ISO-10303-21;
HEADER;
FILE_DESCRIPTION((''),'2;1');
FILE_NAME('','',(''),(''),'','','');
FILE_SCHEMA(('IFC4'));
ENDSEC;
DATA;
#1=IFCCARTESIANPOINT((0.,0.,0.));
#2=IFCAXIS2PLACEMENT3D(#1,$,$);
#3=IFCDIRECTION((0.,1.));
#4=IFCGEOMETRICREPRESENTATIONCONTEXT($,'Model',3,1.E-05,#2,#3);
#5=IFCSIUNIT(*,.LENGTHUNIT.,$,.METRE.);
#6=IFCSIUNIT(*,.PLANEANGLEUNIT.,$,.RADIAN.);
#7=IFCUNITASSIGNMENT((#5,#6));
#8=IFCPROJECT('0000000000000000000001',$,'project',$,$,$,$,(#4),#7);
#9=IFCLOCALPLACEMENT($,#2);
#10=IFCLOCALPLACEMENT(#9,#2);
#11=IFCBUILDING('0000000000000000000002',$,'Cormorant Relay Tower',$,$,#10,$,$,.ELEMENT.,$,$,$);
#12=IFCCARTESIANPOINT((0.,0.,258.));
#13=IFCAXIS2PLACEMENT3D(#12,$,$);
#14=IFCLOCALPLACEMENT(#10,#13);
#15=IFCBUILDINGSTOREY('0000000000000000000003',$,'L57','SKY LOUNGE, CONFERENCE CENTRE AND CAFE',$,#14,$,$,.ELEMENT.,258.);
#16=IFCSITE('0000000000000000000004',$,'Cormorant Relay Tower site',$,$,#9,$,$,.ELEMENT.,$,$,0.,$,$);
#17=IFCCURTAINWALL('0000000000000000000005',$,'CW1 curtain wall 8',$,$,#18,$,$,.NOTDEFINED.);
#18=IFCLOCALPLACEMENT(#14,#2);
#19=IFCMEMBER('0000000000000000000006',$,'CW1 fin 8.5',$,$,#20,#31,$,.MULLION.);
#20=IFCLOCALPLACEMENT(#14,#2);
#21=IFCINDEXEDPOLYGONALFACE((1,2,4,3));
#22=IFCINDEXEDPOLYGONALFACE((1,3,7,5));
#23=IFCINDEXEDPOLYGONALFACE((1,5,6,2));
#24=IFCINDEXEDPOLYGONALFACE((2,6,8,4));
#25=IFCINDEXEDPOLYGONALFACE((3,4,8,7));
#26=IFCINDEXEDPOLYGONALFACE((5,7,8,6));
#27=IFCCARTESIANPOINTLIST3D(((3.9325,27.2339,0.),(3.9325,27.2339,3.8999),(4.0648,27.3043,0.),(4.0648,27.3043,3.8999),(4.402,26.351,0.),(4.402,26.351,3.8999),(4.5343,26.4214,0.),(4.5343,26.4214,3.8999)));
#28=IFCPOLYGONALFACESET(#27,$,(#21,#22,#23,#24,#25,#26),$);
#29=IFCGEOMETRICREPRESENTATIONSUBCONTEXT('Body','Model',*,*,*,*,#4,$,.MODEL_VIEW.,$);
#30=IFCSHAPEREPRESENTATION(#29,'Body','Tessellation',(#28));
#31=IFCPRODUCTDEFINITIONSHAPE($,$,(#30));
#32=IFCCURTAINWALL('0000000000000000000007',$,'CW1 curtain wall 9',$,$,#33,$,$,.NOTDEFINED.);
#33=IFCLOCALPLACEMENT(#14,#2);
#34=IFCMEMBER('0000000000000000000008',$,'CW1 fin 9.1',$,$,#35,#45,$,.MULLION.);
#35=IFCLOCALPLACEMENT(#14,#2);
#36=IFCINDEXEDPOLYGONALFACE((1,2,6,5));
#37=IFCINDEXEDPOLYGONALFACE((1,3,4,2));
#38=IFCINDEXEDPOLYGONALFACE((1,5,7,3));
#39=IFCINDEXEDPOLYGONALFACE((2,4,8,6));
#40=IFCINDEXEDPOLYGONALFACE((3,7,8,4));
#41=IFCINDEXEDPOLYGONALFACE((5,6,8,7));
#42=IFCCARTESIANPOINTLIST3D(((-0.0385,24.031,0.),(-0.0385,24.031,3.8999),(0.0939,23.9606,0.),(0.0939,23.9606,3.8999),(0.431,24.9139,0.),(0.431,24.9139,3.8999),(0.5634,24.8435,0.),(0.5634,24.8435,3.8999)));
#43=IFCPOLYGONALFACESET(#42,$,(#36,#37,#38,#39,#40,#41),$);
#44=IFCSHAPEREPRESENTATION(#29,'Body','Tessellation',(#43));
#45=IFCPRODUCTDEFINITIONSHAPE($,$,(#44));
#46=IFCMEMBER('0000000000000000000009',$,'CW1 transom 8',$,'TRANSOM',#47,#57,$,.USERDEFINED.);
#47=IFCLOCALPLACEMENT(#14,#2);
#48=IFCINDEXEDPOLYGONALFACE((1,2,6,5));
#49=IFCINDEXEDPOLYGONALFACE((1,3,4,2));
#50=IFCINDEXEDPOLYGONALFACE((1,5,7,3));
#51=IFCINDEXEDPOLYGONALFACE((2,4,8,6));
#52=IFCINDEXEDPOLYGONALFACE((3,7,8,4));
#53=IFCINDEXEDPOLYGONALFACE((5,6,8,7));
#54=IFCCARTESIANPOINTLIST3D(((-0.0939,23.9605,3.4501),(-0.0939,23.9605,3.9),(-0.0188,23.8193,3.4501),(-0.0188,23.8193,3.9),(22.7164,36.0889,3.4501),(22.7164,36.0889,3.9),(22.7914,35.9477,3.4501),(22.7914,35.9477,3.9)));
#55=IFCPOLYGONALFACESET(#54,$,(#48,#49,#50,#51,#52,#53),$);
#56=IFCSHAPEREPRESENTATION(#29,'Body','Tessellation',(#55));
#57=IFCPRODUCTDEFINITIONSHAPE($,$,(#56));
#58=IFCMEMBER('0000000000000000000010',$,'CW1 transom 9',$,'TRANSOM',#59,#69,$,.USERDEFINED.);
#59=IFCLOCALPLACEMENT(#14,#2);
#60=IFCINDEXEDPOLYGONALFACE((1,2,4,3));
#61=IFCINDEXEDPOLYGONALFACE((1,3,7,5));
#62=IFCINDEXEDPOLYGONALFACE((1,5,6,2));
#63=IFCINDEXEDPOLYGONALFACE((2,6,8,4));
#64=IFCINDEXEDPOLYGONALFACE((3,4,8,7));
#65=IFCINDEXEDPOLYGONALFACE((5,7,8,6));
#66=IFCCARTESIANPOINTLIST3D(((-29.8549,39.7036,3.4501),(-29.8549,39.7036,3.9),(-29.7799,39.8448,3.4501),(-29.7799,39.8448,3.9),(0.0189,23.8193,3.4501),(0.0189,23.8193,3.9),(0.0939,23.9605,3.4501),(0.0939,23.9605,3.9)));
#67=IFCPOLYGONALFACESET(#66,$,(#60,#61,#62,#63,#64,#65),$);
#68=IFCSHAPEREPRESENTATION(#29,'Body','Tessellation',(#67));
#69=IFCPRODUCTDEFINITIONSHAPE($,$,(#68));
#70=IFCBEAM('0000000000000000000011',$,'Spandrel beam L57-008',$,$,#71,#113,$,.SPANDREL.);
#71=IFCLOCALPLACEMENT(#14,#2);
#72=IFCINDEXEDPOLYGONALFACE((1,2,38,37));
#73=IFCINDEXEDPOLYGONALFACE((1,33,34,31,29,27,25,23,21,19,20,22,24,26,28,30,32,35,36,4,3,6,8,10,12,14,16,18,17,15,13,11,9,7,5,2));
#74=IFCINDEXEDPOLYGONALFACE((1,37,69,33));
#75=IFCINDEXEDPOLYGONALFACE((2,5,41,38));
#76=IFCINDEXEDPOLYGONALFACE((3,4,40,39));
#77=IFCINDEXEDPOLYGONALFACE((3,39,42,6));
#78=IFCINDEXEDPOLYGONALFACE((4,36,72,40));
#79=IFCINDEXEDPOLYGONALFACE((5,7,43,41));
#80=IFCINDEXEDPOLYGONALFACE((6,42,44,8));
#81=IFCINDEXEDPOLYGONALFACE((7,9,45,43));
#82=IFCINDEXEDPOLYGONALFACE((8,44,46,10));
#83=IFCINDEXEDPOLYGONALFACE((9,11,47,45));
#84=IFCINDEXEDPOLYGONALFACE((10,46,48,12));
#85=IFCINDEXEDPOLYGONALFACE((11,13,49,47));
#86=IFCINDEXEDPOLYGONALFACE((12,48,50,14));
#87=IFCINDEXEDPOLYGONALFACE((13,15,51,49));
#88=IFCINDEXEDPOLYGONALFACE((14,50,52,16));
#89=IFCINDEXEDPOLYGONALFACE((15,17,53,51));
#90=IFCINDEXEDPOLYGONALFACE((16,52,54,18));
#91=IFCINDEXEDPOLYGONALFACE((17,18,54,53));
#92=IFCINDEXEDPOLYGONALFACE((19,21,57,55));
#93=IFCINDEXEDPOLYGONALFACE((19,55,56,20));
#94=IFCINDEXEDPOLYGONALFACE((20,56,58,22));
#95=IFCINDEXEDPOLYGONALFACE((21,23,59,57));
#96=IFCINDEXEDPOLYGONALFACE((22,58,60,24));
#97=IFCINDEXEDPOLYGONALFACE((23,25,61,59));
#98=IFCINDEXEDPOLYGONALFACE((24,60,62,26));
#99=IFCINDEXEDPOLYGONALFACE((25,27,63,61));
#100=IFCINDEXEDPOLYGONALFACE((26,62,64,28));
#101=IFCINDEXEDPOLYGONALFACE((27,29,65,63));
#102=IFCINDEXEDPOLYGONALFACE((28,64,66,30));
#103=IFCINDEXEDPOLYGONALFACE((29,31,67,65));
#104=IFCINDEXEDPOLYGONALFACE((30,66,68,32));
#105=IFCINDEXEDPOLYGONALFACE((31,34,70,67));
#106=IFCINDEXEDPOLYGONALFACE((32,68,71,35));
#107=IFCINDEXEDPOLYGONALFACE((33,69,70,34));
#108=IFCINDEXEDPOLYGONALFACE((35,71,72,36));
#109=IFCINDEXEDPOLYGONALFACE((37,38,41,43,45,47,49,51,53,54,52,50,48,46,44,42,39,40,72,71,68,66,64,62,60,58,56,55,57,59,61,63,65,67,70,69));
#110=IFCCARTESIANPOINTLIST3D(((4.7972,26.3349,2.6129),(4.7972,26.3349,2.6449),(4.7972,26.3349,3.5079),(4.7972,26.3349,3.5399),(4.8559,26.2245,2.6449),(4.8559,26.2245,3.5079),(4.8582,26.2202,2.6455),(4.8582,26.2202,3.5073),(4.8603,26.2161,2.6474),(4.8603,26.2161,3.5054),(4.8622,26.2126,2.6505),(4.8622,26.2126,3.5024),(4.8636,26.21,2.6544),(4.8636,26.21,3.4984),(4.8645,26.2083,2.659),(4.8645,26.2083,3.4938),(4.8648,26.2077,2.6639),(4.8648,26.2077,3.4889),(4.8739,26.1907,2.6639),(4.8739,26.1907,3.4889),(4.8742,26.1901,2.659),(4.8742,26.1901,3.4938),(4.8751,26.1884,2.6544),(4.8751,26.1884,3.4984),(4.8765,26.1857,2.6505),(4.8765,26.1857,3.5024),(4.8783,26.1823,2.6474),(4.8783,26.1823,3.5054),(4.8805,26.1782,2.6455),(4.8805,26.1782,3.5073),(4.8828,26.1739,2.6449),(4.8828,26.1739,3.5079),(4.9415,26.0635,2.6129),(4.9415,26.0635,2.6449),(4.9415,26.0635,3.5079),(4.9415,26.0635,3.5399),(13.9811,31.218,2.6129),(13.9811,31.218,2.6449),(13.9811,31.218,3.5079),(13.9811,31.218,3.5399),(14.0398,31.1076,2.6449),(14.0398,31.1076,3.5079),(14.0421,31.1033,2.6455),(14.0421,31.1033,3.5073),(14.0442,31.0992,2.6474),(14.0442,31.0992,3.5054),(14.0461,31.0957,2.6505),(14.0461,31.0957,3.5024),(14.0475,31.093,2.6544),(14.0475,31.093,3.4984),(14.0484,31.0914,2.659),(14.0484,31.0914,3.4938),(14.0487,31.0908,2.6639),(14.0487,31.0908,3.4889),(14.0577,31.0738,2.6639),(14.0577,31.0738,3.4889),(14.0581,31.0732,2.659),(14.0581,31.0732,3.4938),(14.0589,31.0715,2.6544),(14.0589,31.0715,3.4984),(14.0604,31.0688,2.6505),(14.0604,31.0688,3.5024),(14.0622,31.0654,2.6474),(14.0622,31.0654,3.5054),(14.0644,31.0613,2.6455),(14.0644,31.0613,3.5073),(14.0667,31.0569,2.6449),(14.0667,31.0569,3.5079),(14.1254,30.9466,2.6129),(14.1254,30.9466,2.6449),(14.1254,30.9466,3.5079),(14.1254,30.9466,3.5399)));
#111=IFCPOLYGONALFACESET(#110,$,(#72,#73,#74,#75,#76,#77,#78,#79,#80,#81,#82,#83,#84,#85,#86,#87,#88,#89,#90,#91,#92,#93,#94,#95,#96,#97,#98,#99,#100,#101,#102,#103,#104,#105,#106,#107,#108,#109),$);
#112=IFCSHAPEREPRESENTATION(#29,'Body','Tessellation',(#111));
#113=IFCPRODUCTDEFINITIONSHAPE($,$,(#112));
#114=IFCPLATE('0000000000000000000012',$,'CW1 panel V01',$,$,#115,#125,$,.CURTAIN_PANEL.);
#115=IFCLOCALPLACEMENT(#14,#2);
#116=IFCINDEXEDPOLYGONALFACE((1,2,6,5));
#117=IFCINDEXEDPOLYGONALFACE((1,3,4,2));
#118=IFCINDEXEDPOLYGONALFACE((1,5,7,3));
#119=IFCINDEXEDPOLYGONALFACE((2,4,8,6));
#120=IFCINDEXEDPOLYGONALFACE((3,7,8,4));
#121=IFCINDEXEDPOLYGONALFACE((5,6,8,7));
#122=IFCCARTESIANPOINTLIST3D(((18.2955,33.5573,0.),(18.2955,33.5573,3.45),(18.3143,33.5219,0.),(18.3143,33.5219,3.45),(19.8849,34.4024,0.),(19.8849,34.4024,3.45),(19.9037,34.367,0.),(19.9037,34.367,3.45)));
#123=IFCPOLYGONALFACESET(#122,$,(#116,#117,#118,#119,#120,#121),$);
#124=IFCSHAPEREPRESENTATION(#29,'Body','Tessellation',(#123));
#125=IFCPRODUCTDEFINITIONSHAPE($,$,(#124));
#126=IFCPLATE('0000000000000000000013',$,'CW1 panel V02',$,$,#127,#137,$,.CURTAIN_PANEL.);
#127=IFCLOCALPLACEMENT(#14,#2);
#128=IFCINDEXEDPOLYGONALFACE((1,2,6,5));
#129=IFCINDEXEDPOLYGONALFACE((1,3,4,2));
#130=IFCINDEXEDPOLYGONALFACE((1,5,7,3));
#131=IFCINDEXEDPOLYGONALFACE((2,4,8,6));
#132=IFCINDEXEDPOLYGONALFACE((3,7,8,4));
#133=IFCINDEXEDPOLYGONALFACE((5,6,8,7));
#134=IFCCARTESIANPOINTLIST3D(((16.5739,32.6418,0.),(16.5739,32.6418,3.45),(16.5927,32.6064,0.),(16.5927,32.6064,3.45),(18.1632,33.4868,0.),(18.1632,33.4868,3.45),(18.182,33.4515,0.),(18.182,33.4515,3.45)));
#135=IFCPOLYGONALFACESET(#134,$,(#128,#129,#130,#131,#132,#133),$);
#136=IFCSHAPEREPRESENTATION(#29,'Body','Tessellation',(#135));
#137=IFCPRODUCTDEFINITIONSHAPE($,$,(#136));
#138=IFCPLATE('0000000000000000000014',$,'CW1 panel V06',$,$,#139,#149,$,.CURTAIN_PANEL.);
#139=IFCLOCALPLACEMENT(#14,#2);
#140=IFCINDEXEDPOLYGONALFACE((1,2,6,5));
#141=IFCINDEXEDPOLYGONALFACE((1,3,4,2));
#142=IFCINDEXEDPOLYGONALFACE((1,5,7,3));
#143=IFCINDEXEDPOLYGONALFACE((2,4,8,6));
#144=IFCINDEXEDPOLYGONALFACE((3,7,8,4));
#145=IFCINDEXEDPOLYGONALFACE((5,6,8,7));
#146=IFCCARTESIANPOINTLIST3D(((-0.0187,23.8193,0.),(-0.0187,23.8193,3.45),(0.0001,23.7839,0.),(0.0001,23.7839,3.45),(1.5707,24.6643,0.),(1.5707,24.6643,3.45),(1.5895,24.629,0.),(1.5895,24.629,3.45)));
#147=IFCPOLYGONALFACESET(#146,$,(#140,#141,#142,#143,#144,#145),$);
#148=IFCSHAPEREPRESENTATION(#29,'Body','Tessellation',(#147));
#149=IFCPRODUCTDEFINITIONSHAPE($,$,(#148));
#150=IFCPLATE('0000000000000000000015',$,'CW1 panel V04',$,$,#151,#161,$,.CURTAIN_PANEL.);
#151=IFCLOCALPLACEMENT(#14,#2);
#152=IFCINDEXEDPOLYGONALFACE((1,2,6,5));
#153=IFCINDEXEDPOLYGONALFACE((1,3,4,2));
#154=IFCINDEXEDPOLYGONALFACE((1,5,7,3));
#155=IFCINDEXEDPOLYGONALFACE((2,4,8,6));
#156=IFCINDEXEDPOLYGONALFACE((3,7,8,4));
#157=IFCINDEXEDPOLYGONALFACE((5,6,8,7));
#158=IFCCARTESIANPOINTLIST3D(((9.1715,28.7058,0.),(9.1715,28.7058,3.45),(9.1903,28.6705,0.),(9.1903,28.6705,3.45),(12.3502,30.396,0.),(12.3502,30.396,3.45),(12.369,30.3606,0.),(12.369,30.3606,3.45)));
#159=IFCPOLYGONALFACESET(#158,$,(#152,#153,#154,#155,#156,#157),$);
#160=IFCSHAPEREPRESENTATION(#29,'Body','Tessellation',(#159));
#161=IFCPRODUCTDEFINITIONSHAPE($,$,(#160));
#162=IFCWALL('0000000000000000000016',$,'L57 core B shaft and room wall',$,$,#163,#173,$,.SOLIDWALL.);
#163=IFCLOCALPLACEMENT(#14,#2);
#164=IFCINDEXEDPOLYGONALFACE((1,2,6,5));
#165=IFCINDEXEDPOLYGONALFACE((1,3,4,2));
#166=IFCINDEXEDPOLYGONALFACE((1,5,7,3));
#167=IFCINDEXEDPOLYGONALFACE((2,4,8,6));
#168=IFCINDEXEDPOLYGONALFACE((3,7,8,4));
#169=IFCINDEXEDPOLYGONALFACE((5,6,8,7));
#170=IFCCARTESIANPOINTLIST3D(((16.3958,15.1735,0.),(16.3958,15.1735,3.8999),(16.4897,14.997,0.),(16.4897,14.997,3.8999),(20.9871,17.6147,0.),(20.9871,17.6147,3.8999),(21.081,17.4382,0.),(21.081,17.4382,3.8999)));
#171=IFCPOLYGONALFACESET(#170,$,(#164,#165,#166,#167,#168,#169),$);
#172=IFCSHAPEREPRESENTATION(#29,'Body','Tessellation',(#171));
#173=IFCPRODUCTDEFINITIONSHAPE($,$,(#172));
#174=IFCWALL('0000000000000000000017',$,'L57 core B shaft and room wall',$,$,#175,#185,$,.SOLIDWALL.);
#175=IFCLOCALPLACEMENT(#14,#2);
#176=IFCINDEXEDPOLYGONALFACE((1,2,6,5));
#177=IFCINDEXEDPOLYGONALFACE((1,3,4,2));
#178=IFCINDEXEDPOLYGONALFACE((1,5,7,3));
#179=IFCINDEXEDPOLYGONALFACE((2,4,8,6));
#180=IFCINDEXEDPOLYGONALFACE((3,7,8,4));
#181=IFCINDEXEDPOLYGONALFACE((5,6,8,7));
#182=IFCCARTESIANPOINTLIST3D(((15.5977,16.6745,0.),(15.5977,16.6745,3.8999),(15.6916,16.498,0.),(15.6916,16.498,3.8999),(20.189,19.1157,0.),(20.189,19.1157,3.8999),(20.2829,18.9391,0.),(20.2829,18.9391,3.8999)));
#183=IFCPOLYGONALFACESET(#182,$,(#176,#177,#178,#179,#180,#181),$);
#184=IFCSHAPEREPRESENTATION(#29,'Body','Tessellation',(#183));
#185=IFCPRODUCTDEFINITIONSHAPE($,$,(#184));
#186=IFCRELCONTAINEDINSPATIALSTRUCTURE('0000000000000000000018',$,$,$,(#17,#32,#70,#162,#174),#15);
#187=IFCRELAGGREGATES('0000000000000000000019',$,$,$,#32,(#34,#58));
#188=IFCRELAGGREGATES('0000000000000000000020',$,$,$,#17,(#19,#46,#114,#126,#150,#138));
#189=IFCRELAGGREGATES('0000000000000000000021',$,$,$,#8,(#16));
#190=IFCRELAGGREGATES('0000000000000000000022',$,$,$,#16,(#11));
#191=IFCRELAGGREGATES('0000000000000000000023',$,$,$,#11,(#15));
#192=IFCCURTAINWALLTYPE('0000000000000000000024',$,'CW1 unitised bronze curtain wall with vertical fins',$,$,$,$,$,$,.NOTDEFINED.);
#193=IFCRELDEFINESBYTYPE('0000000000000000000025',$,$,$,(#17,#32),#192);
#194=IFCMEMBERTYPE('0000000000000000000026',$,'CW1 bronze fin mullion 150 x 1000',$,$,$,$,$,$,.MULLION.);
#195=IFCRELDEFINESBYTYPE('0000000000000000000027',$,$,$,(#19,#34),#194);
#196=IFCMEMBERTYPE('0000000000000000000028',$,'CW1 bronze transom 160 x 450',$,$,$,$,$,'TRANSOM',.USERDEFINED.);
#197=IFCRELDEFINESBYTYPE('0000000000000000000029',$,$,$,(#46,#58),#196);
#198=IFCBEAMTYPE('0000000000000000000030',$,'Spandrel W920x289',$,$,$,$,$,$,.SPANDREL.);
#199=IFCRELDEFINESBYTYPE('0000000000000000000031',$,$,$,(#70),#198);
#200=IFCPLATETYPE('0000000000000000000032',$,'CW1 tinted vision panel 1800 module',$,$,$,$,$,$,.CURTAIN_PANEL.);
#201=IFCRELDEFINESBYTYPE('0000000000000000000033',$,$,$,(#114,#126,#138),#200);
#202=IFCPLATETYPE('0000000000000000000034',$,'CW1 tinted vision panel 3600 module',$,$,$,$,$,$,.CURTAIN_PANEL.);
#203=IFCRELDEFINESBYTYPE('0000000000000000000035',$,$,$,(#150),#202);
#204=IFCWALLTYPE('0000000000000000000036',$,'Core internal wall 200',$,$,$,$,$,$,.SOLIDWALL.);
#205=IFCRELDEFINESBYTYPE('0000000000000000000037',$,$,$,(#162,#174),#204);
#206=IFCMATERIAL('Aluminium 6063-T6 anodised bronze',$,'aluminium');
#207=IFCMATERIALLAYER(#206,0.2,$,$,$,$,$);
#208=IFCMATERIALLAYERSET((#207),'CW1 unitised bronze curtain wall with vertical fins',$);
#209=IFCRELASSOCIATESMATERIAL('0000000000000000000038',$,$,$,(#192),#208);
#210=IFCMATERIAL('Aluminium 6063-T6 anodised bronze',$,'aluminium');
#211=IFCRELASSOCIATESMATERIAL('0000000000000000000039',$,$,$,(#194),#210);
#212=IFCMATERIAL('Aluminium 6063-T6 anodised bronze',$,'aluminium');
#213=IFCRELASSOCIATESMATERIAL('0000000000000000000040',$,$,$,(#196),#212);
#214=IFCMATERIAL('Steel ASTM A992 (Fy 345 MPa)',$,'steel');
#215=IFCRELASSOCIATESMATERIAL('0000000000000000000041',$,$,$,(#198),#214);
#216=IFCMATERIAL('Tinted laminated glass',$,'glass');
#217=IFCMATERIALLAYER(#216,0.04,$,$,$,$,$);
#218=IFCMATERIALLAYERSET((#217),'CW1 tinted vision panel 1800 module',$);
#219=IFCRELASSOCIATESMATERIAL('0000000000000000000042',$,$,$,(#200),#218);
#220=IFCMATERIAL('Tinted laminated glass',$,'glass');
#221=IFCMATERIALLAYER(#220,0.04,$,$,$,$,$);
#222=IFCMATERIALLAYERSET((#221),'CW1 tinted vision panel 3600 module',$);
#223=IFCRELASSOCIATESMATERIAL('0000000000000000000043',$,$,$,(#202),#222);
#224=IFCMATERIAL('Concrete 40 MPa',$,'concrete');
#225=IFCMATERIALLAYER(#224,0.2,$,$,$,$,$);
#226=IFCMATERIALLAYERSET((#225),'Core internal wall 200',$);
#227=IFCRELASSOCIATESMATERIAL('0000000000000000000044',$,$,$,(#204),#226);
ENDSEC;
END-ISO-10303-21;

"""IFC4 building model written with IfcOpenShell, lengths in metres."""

from ifc_helpers import new_model, si_unit, direction, frame, frame_2d, origin, origin_2d, place, context, subcontext, project, spatial, rectangle, i_section, extrude, material, layer, layer_set, material_profile, profile_set, type_object, element, aggregate, save


model = new_model("IFC4")

# Units and contexts
model_context = context("Model", 3, precision=1e-05, world=origin(), true_north=direction((0.0, 1.0)))
body_context = subcontext(model_context, "Body", "Model", "MODEL_VIEW")
ifc_project = project(units=[si_unit("LENGTHUNIT", "METRE"), si_unit("PLANEANGLEUNIT", "RADIAN")], contexts=[model_context])

# Site, building, storey
site_placement = place(None, origin())
site = spatial("IfcSite", under=ifc_project, at=site_placement, Name="Cormorant Relay Tower site", CompositionType="ELEMENT", RefElevation=0.0)
building_placement = place(site_placement, origin())
building = spatial("IfcBuilding", under=site, at=building_placement, Name="Cormorant Relay Tower", CompositionType="ELEMENT")
storey_placement = place(building_placement, frame((0.0, 0.0, 258.0)))
storey = spatial("IfcBuildingStorey", under=building, at=storey_placement, Name="L57", Description="SKY LOUNGE, CONFERENCE CENTRE AND CAFE", CompositionType="ELEMENT", Elevation=258.0)

# Curtain wall, member
ifc_material_1 = material(Name="Aluminium 6063-T6 anodised bronze", Category="aluminium")
ifc_layer_1 = layer(ifc_material_1, 0.2)
ifc_layer_set_1 = layer_set([ifc_layer_1], Name="CW1 unitised bronze curtain wall with vertical fins")
curtain_wall_type = type_object("IfcCurtainWallType", Name="CW1 unitised bronze curtain wall with vertical fins", PredefinedType="NOTDEFINED", material=ifc_layer_set_1)
curtain_wall_1_placement = place(storey_placement, origin())
curtain_wall_1 = element("IfcCurtainWall", 1, at=curtain_wall_1_placement, inside=storey, type_object=curtain_wall_type, Name="CW1 curtain wall 8", PredefinedType="NOTDEFINED")
ifc_material_2 = material(Name="Aluminium 6063-T6 anodised bronze", Category="aluminium")
ifc_material_profile_1 = material_profile(ifc_material_2, rectangle(XDim=0.1499, YDim=1.0, at=origin_2d()), Name="AL 150x1000")
ifc_profile_set_1 = profile_set([ifc_material_profile_1], Name="Aluminium 6063-T6 anodised bronze")
member_type_1 = type_object("IfcMemberType", Name="CW1 bronze fin mullion 150 x 1000", PredefinedType="MULLION", material=ifc_profile_set_1)
member_1_placement = place(storey_placement, frame((4.2334, 26.8276, 0.0), z_axis=(0.0, 0.0, 1.0), x_axis=(-0.882948, -0.469472, 0.0)))
member_1 = element("IfcMember", 2, at=member_1_placement, type_object=member_type_1, Name="CW1 fin 8.5", PredefinedType="MULLION", context=body_context, shape_type="SweptSolid", body=[
    extrude(rectangle(XDim=0.1499, YDim=1.0, at=origin_2d()), origin(), (0.0, 0.0, 1.0), 3.8999),
])

# Curtain wall, member
curtain_wall_2_placement = place(storey_placement, origin())
curtain_wall_2 = element("IfcCurtainWall", 3, at=curtain_wall_2_placement, inside=storey, type_object=curtain_wall_type, Name="CW1 curtain wall 9", PredefinedType="NOTDEFINED")
member_2_placement = place(storey_placement, frame((0.2625, 24.4373, 0.0), z_axis=(0.0, 0.0, 1.0), x_axis=(-0.882948, 0.469472, 0.0)))
member_2 = element("IfcMember", 4, at=member_2_placement, type_object=member_type_1, Name="CW1 fin 9.1", PredefinedType="MULLION", context=body_context, shape_type="SweptSolid", body=[
    extrude(rectangle(XDim=0.1499, YDim=1.0, at=origin_2d()), origin(), (0.0, 0.0, 1.0), 3.8999),
])

# Members
ifc_material_3 = material(Name="Aluminium 6063-T6 anodised bronze", Category="aluminium")
ifc_material_profile_2 = material_profile(ifc_material_3, rectangle(XDim=0.1599, YDim=0.45, at=origin_2d()), Name="AL 160x450")
ifc_profile_set_2 = profile_set([ifc_material_profile_2], Name="Aluminium 6063-T6 anodised bronze")
member_type_2 = type_object("IfcMemberType", Name="CW1 bronze transom 160 x 450", ElementType="TRANSOM", PredefinedType="USERDEFINED", material=ifc_profile_set_2)
member_3_placement = place(storey_placement, frame((22.7539, 36.0183, 3.675), z_axis=(-0.882948, -0.469471, 0.0), x_axis=(0.469471, -0.882948, 0.0)))
member_3 = element("IfcMember", 5, at=member_3_placement, type_object=member_type_2, Name="CW1 transom 8", ObjectType="TRANSOM", PredefinedType="USERDEFINED", context=body_context, shape_type="SweptSolid", body=[
    extrude(rectangle(XDim=0.1599, YDim=0.45, at=origin_2d()), origin(), (0.0, 0.0, 1.0), 25.8342),
])
member_4_placement = place(storey_placement, frame((0.0564, 23.8899, 3.675), z_axis=(-0.882946, 0.469474, 0.0), x_axis=(-0.469474, -0.882946, 0.0)))
member_4 = element("IfcMember", 6, at=member_4_placement, type_object=member_type_2, Name="CW1 transom 9", ObjectType="TRANSOM", PredefinedType="USERDEFINED", context=body_context, shape_type="SweptSolid", body=[
    extrude(rectangle(XDim=0.1599, YDim=0.45, at=origin_2d()), origin(), (0.0, 0.0, 1.0), 33.8342),
])
aggregate(curtain_wall_2, [member_2, member_4])

# Beam
ifc_material_4 = material(Name="Steel ASTM A992 (Fy 345 MPa)", Category="steel")
ifc_material_profile_3 = material_profile(ifc_material_4, i_section(OverallWidth=0.3074, OverallDepth=0.927, WebThickness=0.0193, FlangeThickness=0.032, FilletRadius=0.019, at=origin_2d()), Name="W920x289")
ifc_profile_set_3 = profile_set([ifc_material_profile_3], Name="Steel ASTM A992 (Fy 345 MPa)")
beam_type = type_object("IfcBeamType", Name="Spandrel W920x289", PredefinedType="SPANDREL", material=ifc_profile_set_3)
beam_placement = place(storey_placement, frame((14.0532, 31.0823, 3.0764), z_axis=(-0.882951, -0.469466, 0.0), x_axis=(0.469466, -0.882951, 0.0)))
element("IfcBeam", 7, at=beam_placement, inside=storey, type_object=beam_type, Name="Spandrel beam L57-008", PredefinedType="SPANDREL", context=body_context, shape_type="SweptSolid", body=[
    extrude(i_section(OverallWidth=0.3074, OverallDepth=0.927, WebThickness=0.0193, FlangeThickness=0.032, FilletRadius=0.019, at=origin_2d()), origin(), (0.0, 0.0, 1.0), 10.4014),
])

# Plates
ifc_material_5 = material(Name="Tinted laminated glass", Category="glass")
ifc_layer_2 = layer(ifc_material_5, 0.04)
ifc_layer_set_2 = layer_set([ifc_layer_2], Name="CW1 tinted vision panel 1800 module")
plate_type_1 = type_object("IfcPlateType", Name="CW1 tinted vision panel 1800 module", PredefinedType="CURTAIN_PANEL", material=ifc_layer_set_2)
plate_1_placement = place(storey_placement, frame((19.0996, 33.9622, 0.0), z_axis=(0.0, 0.0, 1.0), x_axis=(-0.882948, -0.469472, 0.0)))
plate_1 = element("IfcPlate", 8, at=plate_1_placement, type_object=plate_type_1, Name="CW1 panel V01", PredefinedType="CURTAIN_PANEL", context=body_context, shape_type="SweptSolid", body=[
    extrude(rectangle(XDim=1.8, YDim=0.04, at=origin_2d()), origin(), (0.0, 0.0, 1.0), 3.45),
])
plate_2_placement = place(storey_placement, frame((17.3779, 33.0466, 0.0), z_axis=(0.0, 0.0, 1.0), x_axis=(-0.882948, -0.469472, 0.0)))
plate_2 = element("IfcPlate", 9, at=plate_2_placement, type_object=plate_type_1, Name="CW1 panel V02", PredefinedType="CURTAIN_PANEL", context=body_context, shape_type="SweptSolid", body=[
    extrude(rectangle(XDim=1.8, YDim=0.04, at=origin_2d()), origin(), (0.0, 0.0, 1.0), 3.45),
])
plate_3_placement = place(storey_placement, frame((0.7854, 24.2241, 0.0), z_axis=(0.0, 0.0, 1.0), x_axis=(-0.882948, -0.469472, 0.0)))
plate_3 = element("IfcPlate", 10, at=plate_3_placement, type_object=plate_type_1, Name="CW1 panel V06", PredefinedType="CURTAIN_PANEL", context=body_context, shape_type="SweptSolid", body=[
    extrude(rectangle(XDim=1.8, YDim=0.04, at=origin_2d()), origin(), (0.0, 0.0, 1.0), 3.45),
])
ifc_material_6 = material(Name="Tinted laminated glass", Category="glass")
ifc_layer_3 = layer(ifc_material_6, 0.04)
ifc_layer_set_3 = layer_set([ifc_layer_3], Name="CW1 tinted vision panel 3600 module")
plate_type_2 = type_object("IfcPlateType", Name="CW1 tinted vision panel 3600 module", PredefinedType="CURTAIN_PANEL", material=ifc_layer_set_3)
plate_4_placement = place(storey_placement, frame((10.7703, 29.5332, 0.0), z_axis=(0.0, 0.0, 1.0), x_axis=(-0.882948, -0.469472, 0.0)))
plate_4 = element("IfcPlate", 11, at=plate_4_placement, type_object=plate_type_2, Name="CW1 panel V04", PredefinedType="CURTAIN_PANEL", context=body_context, shape_type="SweptSolid", body=[
    extrude(rectangle(XDim=3.6001, YDim=0.04, at=origin_2d()), origin(), (0.0, 0.0, 1.0), 3.45),
])

# Walls
ifc_material_7 = material(Name="Concrete 40 MPa", Category="concrete")
ifc_layer_4 = layer(ifc_material_7, 0.2)
ifc_layer_set_4 = layer_set([ifc_layer_4], Name="Core internal wall 200")
wall_type_1 = type_object("IfcWallType", Name="Core internal wall 200", PredefinedType="SOLIDWALL", material=ifc_layer_set_4)
for number, where, z_axis, x_axis, name in (
    (12, (16.4426, 15.0852, 0.0), (0.0, 0.0, 1.0), (0.882954, 0.46946, 0.0), "L57 core B shaft and room wall"),
    (13, (15.6445, 16.5862, 0.0), (0.0, 0.0, 1.0), (0.882954, 0.46946, 0.0), "L57 core B shaft and room wall"),
):
    element("IfcWall", number, at=place(storey_placement, frame(where, z_axis=z_axis, x_axis=x_axis)), inside=storey, type_object=wall_type_1, Name=name, PredefinedType="SOLIDWALL", context=body_context, shape_type="SweptSolid", body=[
        extrude(rectangle(XDim=5.2, YDim=0.2, at=frame_2d((2.6001, 0.0))), origin(), (0.0, 0.0, 1.0), 3.8999),
    ])

aggregate(curtain_wall_1, [member_1, member_3, plate_1, plate_2, plate_4, plate_3])

save(model, "model.ifc")
